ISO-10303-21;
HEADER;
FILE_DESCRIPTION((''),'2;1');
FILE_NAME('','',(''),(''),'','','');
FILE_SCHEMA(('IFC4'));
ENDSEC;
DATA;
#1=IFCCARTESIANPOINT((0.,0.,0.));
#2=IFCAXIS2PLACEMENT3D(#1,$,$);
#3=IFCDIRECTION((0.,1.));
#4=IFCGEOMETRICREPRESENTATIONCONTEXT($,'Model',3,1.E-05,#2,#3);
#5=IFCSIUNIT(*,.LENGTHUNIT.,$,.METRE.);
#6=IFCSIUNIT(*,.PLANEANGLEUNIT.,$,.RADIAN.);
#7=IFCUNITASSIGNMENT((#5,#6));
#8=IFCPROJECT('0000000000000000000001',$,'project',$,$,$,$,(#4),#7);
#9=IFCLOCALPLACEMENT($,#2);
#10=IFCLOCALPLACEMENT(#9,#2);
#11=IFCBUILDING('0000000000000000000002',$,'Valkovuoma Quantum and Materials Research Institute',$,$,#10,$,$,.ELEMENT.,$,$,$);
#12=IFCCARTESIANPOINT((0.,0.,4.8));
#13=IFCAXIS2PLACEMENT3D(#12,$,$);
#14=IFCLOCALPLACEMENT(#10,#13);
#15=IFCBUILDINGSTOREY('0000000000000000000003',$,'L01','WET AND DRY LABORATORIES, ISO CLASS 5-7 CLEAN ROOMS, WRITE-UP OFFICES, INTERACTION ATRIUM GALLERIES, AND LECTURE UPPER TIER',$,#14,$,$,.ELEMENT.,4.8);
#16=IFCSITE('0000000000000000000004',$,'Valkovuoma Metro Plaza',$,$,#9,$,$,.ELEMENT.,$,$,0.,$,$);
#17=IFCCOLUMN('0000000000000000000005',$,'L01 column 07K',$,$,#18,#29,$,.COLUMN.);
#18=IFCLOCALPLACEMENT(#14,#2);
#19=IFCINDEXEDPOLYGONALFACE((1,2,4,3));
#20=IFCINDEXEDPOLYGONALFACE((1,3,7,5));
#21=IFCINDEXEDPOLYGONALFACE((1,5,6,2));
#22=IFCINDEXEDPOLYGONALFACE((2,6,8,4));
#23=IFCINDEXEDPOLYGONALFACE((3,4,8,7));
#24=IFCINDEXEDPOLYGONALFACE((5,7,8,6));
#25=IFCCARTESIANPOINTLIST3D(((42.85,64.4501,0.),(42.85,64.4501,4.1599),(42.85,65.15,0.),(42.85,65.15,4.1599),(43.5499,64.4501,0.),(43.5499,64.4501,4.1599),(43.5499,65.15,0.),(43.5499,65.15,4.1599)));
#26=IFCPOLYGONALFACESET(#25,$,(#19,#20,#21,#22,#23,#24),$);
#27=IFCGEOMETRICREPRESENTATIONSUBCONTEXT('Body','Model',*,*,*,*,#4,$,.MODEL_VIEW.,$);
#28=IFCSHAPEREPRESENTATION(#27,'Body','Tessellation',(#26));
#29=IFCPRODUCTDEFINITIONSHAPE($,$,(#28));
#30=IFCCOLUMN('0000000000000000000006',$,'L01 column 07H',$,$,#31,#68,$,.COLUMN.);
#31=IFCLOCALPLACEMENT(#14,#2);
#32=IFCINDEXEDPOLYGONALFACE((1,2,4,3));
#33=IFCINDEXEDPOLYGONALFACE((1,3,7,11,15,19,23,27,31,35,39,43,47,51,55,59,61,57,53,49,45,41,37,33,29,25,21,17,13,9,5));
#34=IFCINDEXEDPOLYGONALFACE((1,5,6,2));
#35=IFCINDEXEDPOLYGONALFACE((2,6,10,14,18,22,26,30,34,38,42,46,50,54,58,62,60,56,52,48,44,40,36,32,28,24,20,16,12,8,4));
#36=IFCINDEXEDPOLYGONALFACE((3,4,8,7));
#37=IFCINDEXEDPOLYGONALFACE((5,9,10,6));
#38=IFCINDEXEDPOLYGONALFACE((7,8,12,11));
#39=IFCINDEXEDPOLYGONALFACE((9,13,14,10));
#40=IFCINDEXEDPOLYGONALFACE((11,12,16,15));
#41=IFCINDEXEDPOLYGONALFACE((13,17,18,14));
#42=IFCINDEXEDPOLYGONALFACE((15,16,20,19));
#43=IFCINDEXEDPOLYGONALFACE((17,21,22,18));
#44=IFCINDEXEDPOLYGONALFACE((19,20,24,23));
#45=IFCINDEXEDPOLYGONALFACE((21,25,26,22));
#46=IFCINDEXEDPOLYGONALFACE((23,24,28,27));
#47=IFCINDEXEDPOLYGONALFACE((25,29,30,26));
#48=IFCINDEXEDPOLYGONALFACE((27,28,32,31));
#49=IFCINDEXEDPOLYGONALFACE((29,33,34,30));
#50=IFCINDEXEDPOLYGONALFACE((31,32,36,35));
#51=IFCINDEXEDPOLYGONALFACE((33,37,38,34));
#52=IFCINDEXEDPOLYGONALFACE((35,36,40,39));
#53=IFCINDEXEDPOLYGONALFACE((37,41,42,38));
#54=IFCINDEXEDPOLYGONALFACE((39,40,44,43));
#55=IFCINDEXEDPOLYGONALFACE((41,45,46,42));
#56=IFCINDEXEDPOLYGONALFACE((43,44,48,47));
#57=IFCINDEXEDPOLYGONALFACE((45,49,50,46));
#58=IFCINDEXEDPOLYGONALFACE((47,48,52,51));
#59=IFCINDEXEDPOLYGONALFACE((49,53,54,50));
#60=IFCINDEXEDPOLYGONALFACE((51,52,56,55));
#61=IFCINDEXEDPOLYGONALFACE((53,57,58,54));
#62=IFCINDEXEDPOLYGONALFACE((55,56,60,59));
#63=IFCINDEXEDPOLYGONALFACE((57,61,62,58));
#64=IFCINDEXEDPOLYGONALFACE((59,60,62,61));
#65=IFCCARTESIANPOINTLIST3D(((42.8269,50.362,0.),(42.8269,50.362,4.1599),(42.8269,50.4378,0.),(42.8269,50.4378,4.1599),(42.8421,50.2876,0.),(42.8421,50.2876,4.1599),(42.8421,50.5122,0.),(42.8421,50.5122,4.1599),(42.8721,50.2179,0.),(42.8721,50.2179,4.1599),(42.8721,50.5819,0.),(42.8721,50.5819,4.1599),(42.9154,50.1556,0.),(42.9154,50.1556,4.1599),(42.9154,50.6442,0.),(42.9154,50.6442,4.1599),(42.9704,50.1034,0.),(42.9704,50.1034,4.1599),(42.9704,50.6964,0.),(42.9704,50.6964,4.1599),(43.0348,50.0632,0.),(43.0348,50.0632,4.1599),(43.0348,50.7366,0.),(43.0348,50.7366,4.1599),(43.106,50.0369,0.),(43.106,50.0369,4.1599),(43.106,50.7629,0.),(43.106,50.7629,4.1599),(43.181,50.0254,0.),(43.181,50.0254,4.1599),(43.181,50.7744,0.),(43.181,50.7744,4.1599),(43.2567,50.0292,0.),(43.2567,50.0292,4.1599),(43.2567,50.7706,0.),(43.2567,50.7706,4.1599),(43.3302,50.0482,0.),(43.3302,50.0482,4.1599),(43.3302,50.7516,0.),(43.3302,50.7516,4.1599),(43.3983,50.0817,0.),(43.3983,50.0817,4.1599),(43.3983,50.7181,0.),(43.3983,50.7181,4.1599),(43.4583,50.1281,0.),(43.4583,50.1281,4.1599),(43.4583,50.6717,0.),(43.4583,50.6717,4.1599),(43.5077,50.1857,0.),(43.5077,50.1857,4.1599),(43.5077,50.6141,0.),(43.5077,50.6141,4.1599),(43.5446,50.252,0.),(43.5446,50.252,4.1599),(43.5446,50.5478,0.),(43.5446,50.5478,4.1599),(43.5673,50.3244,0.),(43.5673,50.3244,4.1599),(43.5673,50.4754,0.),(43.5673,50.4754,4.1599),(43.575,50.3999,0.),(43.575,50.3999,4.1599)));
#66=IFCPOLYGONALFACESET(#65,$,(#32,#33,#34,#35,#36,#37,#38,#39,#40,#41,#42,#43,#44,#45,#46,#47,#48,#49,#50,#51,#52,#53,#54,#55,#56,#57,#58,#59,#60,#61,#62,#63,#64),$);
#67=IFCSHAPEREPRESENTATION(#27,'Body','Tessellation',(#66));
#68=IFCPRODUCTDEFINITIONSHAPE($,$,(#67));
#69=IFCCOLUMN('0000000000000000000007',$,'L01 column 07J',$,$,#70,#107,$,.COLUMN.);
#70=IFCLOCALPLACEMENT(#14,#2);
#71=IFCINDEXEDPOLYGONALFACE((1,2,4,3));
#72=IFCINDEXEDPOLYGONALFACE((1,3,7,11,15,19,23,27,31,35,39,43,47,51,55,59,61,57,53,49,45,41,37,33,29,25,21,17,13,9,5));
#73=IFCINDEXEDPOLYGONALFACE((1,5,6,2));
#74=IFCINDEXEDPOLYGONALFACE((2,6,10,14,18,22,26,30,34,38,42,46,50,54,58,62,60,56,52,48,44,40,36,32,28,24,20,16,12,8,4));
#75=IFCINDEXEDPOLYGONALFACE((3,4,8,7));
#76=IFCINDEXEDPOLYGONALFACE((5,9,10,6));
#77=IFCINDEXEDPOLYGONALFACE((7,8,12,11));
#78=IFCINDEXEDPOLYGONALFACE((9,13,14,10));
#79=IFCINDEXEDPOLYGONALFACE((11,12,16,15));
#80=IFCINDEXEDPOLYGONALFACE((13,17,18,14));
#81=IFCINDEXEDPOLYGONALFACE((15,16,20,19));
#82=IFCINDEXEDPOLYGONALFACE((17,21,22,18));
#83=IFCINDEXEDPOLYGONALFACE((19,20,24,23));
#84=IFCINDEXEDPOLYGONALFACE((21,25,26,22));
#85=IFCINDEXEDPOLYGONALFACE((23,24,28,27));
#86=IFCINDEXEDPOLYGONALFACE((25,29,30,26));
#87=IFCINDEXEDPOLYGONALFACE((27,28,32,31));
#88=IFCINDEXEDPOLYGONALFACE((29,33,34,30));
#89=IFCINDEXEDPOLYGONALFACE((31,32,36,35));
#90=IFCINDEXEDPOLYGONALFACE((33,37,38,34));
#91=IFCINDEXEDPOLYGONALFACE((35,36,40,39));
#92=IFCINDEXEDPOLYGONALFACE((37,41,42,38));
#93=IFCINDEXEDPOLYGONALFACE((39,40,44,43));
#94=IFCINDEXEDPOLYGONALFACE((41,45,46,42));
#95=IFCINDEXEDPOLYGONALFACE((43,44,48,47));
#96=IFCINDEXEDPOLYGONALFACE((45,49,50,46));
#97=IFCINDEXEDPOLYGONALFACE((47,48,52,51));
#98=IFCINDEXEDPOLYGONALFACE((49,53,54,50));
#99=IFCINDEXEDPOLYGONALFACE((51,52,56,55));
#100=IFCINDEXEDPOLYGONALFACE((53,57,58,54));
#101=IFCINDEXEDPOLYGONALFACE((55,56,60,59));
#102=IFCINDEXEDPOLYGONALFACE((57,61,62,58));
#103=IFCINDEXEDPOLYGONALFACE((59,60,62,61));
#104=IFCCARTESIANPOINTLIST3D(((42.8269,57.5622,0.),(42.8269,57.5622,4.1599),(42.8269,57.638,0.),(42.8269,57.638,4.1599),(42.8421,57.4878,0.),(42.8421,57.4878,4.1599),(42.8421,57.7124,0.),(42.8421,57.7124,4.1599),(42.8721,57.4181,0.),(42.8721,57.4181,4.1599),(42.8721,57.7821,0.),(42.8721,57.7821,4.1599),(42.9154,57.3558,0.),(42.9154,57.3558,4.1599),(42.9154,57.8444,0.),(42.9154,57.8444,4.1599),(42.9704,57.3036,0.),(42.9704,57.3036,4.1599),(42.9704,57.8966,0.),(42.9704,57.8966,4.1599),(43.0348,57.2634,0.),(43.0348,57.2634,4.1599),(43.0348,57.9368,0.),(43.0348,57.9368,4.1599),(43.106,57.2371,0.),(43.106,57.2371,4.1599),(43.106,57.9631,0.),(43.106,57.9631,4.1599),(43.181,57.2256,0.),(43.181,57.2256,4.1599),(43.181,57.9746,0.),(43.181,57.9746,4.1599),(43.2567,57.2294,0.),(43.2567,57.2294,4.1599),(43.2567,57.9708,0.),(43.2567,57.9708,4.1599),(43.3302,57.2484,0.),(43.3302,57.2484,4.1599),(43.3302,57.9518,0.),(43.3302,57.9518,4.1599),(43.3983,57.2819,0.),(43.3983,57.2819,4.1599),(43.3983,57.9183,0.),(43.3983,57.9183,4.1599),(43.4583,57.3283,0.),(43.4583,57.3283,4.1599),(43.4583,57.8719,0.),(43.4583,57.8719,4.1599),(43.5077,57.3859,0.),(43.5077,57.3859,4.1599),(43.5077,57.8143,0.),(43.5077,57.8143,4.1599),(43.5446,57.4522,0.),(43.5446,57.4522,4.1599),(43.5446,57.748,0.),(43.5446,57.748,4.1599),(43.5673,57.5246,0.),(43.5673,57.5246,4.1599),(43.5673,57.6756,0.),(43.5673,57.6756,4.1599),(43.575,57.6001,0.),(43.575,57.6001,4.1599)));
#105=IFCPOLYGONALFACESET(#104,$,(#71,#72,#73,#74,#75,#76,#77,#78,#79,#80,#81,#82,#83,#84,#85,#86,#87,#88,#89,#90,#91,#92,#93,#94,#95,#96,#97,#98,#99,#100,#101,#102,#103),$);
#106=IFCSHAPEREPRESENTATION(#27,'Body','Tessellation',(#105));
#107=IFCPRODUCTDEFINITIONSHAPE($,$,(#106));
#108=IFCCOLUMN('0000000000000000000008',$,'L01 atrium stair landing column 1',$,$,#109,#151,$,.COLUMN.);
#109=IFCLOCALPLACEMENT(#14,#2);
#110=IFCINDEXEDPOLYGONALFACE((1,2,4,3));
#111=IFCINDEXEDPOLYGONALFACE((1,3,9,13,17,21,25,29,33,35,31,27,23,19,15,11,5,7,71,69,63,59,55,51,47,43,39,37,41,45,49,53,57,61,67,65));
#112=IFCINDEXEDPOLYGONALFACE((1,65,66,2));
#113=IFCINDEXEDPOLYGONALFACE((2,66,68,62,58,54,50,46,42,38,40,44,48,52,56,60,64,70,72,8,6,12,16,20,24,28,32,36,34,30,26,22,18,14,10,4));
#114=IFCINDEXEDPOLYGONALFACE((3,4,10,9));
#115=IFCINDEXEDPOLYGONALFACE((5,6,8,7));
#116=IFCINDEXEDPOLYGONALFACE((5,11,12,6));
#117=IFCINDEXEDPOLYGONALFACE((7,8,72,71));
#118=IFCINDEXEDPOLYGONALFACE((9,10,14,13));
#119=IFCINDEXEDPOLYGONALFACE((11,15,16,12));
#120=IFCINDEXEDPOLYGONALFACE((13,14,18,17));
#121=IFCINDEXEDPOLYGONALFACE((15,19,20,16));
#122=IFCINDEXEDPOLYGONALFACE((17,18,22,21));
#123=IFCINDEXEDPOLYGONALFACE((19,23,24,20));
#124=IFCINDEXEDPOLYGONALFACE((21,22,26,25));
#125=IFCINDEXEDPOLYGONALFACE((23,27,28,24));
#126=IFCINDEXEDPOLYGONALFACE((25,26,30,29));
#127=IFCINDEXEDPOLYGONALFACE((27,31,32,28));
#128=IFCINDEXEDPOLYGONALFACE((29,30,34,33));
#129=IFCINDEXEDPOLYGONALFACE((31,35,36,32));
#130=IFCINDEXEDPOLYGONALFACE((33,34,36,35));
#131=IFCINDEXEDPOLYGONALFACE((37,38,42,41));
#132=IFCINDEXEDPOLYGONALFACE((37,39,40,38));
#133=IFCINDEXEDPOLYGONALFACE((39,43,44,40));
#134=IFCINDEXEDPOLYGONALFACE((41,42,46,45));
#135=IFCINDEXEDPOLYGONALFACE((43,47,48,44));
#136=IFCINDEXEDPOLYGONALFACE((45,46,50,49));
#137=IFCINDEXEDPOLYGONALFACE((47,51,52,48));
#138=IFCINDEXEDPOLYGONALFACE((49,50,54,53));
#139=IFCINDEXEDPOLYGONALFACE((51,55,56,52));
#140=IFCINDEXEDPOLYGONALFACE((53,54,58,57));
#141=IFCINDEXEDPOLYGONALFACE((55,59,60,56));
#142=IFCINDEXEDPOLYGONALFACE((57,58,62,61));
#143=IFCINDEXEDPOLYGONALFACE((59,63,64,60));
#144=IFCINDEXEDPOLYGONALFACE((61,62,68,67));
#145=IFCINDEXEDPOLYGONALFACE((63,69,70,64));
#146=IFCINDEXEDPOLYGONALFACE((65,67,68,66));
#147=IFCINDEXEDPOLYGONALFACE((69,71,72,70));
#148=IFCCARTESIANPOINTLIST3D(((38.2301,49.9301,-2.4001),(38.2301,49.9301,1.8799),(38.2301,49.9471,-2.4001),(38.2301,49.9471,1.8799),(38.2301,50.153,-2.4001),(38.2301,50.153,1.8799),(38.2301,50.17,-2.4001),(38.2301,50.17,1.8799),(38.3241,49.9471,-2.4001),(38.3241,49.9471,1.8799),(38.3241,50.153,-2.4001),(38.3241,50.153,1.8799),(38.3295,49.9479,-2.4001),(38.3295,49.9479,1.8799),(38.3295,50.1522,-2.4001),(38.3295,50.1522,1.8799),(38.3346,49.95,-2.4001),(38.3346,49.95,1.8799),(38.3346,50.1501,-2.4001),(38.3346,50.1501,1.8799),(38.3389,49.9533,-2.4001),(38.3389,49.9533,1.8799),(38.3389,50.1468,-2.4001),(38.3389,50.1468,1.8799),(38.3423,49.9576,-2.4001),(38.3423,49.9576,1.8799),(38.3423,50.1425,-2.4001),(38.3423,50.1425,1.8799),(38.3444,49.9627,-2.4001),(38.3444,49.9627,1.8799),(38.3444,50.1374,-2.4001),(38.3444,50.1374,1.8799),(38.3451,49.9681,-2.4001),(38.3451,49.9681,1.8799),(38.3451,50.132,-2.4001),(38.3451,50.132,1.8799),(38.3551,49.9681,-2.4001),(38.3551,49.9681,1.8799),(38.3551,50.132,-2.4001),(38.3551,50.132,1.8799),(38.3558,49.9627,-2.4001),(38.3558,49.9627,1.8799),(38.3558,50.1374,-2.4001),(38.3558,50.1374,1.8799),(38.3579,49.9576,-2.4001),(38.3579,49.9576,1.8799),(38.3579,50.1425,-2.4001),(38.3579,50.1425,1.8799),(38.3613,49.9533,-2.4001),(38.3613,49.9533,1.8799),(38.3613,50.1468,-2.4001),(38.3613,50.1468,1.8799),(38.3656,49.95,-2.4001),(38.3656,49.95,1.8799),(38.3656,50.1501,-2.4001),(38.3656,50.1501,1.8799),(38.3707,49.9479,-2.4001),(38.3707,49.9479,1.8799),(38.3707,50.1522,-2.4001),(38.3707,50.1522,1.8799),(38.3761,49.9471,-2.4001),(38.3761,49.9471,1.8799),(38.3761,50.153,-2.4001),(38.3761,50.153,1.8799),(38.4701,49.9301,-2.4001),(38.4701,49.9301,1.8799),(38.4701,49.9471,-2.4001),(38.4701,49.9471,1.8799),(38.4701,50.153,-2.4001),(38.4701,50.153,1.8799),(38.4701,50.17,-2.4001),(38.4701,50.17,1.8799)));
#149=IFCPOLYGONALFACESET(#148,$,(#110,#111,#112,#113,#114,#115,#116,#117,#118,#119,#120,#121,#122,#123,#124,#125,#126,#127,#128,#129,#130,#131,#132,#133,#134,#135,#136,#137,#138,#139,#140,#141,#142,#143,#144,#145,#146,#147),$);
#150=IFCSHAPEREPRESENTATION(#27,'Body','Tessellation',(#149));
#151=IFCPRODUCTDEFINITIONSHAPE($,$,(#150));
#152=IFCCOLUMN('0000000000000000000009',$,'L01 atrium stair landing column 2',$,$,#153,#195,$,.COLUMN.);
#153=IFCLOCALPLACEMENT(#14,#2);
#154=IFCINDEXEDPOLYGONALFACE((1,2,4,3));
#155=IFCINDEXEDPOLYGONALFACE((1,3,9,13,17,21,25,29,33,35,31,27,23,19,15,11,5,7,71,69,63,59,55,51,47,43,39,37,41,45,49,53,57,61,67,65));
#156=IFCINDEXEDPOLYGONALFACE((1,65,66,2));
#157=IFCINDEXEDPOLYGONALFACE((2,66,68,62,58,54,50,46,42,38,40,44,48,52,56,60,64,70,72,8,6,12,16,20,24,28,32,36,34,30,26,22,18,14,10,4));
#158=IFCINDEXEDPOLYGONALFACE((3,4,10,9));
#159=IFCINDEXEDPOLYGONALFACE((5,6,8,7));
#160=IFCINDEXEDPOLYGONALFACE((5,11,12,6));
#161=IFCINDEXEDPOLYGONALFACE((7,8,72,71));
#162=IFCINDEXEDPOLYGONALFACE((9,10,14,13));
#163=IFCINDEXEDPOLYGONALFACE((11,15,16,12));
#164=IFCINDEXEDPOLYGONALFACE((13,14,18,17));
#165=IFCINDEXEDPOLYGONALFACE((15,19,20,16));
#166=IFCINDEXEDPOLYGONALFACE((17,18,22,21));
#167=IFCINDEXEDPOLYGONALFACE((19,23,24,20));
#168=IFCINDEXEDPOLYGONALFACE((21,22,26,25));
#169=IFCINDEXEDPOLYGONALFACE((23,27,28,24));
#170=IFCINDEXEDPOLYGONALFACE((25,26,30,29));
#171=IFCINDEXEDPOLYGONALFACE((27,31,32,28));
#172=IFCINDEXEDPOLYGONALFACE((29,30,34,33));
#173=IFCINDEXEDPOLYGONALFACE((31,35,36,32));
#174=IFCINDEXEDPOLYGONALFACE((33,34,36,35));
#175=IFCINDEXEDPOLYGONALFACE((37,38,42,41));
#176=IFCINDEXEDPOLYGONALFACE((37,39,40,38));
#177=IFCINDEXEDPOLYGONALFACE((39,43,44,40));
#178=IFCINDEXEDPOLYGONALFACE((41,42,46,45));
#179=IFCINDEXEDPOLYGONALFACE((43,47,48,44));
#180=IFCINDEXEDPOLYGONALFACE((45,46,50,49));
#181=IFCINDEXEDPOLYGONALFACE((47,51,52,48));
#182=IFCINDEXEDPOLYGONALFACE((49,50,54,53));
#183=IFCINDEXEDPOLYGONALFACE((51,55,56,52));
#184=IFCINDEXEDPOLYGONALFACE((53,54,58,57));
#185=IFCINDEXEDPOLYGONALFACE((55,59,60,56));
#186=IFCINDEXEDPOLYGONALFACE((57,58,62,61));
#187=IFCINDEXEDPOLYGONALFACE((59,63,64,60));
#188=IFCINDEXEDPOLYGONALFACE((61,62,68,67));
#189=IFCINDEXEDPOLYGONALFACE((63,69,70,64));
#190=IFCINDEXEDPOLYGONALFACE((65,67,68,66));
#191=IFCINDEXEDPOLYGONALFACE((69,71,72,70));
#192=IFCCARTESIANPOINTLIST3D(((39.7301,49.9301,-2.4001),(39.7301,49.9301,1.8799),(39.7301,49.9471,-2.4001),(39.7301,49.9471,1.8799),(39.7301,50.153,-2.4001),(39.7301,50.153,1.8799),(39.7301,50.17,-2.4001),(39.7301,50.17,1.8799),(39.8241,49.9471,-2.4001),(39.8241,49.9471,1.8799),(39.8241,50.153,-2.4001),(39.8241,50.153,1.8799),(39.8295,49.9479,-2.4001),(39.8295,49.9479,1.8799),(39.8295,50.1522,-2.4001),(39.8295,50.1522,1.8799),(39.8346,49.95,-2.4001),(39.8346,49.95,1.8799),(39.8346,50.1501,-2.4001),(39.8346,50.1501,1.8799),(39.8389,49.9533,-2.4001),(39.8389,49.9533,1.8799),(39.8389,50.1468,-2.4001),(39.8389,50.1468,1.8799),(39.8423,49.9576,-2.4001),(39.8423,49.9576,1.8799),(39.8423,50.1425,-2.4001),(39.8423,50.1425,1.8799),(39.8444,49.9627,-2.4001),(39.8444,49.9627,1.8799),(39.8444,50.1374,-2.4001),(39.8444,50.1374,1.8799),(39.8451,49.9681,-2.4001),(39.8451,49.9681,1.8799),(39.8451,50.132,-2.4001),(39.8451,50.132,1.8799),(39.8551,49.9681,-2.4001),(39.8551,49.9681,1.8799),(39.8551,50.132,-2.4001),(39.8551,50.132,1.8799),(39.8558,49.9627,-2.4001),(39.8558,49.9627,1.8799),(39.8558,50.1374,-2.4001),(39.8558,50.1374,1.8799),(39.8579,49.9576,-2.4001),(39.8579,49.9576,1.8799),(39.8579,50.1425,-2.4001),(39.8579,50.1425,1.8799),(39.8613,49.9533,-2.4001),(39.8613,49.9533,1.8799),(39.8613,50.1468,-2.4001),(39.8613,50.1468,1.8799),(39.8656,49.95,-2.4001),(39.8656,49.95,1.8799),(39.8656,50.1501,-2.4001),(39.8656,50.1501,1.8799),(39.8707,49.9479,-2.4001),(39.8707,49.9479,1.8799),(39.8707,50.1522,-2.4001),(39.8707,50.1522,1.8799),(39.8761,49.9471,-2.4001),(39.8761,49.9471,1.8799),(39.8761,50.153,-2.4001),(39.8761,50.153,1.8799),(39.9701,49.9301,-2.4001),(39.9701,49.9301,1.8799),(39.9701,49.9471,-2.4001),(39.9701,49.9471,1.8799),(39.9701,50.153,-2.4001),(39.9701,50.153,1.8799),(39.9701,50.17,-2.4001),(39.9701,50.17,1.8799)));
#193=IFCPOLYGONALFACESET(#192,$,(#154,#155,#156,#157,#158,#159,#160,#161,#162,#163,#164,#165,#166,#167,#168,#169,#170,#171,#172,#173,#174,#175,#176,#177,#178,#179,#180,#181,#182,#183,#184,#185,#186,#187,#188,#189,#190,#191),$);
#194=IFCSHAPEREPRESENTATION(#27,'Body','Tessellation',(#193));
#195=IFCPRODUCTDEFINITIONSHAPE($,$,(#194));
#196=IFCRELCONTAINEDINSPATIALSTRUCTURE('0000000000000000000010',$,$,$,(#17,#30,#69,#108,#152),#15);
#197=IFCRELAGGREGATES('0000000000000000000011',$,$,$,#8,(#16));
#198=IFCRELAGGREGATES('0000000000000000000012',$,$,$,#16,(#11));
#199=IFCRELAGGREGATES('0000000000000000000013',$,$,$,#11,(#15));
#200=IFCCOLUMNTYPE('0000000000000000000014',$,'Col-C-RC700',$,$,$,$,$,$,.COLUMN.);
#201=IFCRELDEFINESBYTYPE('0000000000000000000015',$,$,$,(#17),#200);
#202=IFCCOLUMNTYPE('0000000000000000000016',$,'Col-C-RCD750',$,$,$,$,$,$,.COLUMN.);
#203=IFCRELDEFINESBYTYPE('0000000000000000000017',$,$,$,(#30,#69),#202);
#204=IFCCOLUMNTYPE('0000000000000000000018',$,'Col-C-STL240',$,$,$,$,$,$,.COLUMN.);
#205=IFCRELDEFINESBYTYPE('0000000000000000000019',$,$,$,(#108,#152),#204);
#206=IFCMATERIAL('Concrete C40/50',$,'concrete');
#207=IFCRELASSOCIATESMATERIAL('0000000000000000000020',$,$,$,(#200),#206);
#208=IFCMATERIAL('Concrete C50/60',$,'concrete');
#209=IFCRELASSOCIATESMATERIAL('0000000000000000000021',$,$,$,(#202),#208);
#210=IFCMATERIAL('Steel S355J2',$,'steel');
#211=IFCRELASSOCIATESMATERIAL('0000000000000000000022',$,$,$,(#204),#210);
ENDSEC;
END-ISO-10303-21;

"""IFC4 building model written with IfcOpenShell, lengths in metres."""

from ifc_helpers import new_model, si_unit, direction, frame, origin, origin_2d, place, context, subcontext, project, spatial, rectangle, circle, i_section, extrude, material, material_profile, profile_set, type_object, element, save


model = new_model("IFC4")

# Units and contexts
model_context = context("Model", 3, precision=1e-05, world=origin(), true_north=direction((0.0, 1.0)))
body_context = subcontext(model_context, "Body", "Model", "MODEL_VIEW")
ifc_project = project(units=[si_unit("LENGTHUNIT", "METRE"), si_unit("PLANEANGLEUNIT", "RADIAN")], contexts=[model_context])

# Site, building, storey
site_placement = place(None, origin())
site = spatial("IfcSite", under=ifc_project, at=site_placement, Name="Valkovuoma Metro Plaza", CompositionType="ELEMENT", RefElevation=0.0)
building_placement = place(site_placement, origin())
building = spatial("IfcBuilding", under=site, at=building_placement, Name="Valkovuoma Quantum and Materials Research Institute", CompositionType="ELEMENT")
storey_placement = place(building_placement, frame((0.0, 0.0, 4.8)))
storey = spatial("IfcBuildingStorey", under=building, at=storey_placement, Name="L01", Description="WET AND DRY LABORATORIES, ISO CLASS 5-7 CLEAN ROOMS, WRITE-UP OFFICES, INTERACTION ATRIUM GALLERIES, AND LECTURE UPPER TIER", CompositionType="ELEMENT", Elevation=4.8)

# Columns
ifc_material_1 = material(Name="Concrete C40/50", Category="concrete")
ifc_material_profile_1 = material_profile(ifc_material_1, rectangle(XDim=0.7, YDim=0.7, at=origin_2d()), Name="Concrete C40/50")
ifc_profile_set_1 = profile_set([ifc_material_profile_1], Name="Concrete C40/50")
column_type_1 = type_object("IfcColumnType", Name="Col-C-RC700", PredefinedType="COLUMN", material=ifc_profile_set_1)
column_placement = place(storey_placement, frame((43.2, 64.8, 0.0), z_axis=(0.0, 0.0, 1.0), x_axis=(1.0, 0.0, 0.0)))
element("IfcColumn", 1, at=column_placement, inside=storey, type_object=column_type_1, Name="L01 column 07K", PredefinedType="COLUMN", context=body_context, shape_type="SweptSolid", body=[
    extrude(rectangle(XDim=0.7, YDim=0.7, at=origin_2d()), origin(), (0.0, 0.0, 1.0), 4.1599),
])
ifc_material_2 = material(Name="Concrete C50/60", Category="concrete")
ifc_material_profile_2 = material_profile(ifc_material_2, circle(Radius=0.375, at=origin_2d()), Name="Concrete C50/60")
ifc_profile_set_2 = profile_set([ifc_material_profile_2], Name="Concrete C50/60")
column_type_2 = type_object("IfcColumnType", Name="Col-C-RCD750", PredefinedType="COLUMN", material=ifc_profile_set_2)
for number, where, z_axis, x_axis, name in (
    (2, (43.2, 50.3999, 0.0), (0.0, 0.0, 1.0), (1.0, 0.0, 0.0), "L01 column 07H"),
    (3, (43.2, 57.6001, 0.0), (0.0, 0.0, 1.0), (1.0, 0.0, 0.0), "L01 column 07J"),
):
    element("IfcColumn", number, at=place(storey_placement, frame(where, z_axis=z_axis, x_axis=x_axis)), inside=storey, type_object=column_type_2, Name=name, PredefinedType="COLUMN", context=body_context, shape_type="SweptSolid", body=[
        extrude(circle(Radius=0.375, at=origin_2d()), origin(), (0.0, 0.0, 1.0), 4.1599),
    ])
ifc_material_3 = material(Name="Steel S355J2", Category="steel")
ifc_material_profile_3 = material_profile(ifc_material_3, i_section(OverallWidth=0.24, OverallDepth=0.24, WebThickness=0.01, FlangeThickness=0.0171, FilletRadius=0.021, at=origin_2d()), Name="Steel S355J2")
ifc_profile_set_3 = profile_set([ifc_material_profile_3], Name="Steel S355J2")
column_type_3 = type_object("IfcColumnType", Name="Col-C-STL240", PredefinedType="COLUMN", material=ifc_profile_set_3)
for number, where, z_axis, x_axis, name in (
    (4, (38.3501, 50.05, -2.4001), (0.0, 0.0, 1.0), (1.0, 0.0, 0.0), "L01 atrium stair landing column 1"),
    (5, (39.8501, 50.05, -2.4001), (0.0, 0.0, 1.0), (1.0, 0.0, 0.0), "L01 atrium stair landing column 2"),
):
    element("IfcColumn", number, at=place(storey_placement, frame(where, z_axis=z_axis, x_axis=x_axis)), inside=storey, type_object=column_type_3, Name=name, PredefinedType="COLUMN", context=body_context, shape_type="SweptSolid", body=[
        extrude(i_section(OverallWidth=0.24, OverallDepth=0.24, WebThickness=0.01, FlangeThickness=0.0171, FilletRadius=0.021, at=origin_2d()), origin(), (0.0, 0.0, 1.0), 4.28),
    ])

save(model, "model.ifc")
